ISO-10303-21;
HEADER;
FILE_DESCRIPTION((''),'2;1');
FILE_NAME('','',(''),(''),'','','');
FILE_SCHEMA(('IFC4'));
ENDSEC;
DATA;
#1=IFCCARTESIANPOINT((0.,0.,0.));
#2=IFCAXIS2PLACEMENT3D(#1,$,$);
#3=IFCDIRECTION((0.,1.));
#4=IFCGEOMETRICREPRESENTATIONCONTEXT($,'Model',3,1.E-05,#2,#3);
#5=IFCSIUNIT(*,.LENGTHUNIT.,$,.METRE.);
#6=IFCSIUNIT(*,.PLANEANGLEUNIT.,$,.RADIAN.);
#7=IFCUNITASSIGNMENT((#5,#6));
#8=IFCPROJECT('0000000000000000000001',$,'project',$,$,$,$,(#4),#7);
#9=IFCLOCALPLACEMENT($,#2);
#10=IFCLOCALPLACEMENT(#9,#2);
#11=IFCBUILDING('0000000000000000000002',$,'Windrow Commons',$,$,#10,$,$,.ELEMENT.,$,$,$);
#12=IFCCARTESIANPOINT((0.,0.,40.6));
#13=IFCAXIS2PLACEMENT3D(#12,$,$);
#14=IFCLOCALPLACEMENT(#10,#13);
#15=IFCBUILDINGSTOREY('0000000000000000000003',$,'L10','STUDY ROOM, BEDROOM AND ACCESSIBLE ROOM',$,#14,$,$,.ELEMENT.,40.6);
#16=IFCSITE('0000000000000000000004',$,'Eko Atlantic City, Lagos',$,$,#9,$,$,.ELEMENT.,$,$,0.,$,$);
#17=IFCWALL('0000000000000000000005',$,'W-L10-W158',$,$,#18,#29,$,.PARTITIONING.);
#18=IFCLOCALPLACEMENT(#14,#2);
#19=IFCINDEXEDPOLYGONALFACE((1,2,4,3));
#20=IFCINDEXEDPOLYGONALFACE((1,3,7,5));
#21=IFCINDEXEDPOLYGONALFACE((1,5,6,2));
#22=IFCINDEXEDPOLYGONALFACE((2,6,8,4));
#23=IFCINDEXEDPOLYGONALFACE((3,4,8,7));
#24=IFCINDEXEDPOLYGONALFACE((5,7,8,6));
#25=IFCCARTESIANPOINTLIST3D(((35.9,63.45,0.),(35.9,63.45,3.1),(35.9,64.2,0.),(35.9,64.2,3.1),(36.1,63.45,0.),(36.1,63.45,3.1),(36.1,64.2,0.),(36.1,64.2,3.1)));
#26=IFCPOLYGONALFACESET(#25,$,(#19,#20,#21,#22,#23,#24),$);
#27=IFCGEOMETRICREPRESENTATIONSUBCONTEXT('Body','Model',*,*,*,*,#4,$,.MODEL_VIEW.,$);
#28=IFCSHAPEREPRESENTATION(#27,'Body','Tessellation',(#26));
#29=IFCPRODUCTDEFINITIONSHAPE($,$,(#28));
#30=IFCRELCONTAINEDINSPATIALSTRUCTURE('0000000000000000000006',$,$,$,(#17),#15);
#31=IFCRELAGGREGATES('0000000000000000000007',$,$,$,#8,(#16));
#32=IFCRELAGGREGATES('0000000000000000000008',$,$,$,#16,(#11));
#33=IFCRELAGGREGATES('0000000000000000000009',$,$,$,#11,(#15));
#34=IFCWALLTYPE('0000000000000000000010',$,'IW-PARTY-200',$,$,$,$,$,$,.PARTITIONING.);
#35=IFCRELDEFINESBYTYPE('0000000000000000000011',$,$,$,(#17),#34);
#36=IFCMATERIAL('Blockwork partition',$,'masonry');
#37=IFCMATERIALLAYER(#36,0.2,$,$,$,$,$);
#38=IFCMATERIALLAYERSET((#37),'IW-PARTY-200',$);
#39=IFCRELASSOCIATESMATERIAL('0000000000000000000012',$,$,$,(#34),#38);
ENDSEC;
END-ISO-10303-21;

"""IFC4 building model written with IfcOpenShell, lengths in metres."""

from ifc_helpers import new_model, si_unit, direction, frame, frame_2d, origin, place, context, subcontext, project, spatial, rectangle, extrude, material, layer, layer_set, type_object, element, save


model = new_model("IFC4")

# Units and contexts
model_context = context("Model", 3, precision=1e-05, world=origin(), true_north=direction((0.0, 1.0)))
body_context = subcontext(model_context, "Body", "Model", "MODEL_VIEW")
ifc_project = project(units=[si_unit("LENGTHUNIT", "METRE"), si_unit("PLANEANGLEUNIT", "RADIAN")], contexts=[model_context])

# Site, building, storey
site_placement = place(None, origin())
site = spatial("IfcSite", under=ifc_project, at=site_placement, Name="Eko Atlantic City, Lagos", CompositionType="ELEMENT", RefElevation=0.0)
building_placement = place(site_placement, origin())
building = spatial("IfcBuilding", under=site, at=building_placement, Name="Windrow Commons", CompositionType="ELEMENT")
storey_placement = place(building_placement, frame((0.0, 0.0, 40.6)))
storey = spatial("IfcBuildingStorey", under=building, at=storey_placement, Name="L10", Description="STUDY ROOM, BEDROOM AND ACCESSIBLE ROOM", CompositionType="ELEMENT", Elevation=40.6)

# Wall
ifc_material_1 = material(Name="Blockwork partition", Category="masonry")
ifc_layer_1 = layer(ifc_material_1, 0.2)
ifc_layer_set_1 = layer_set([ifc_layer_1], Name="IW-PARTY-200")
wall_type_1 = type_object("IfcWallType", Name="IW-PARTY-200", PredefinedType="PARTITIONING", material=ifc_layer_set_1)
wall_1_placement = place(storey_placement, frame((36.0, 63.45, 0.0), z_axis=(0.0, 0.0, 1.0), x_axis=(0.0, 1.0, 0.0)))
element("IfcWall", 1, at=wall_1_placement, inside=storey, type_object=wall_type_1, Name="W-L10-W158", PredefinedType="PARTITIONING", context=body_context, shape_type="SweptSolid", body=[
    extrude(rectangle(XDim=0.75, YDim=0.2, at=frame_2d((0.375, 0.0))), origin(), (0.0, 0.0, 1.0), 3.1),
])

save(model, "model.ifc")
